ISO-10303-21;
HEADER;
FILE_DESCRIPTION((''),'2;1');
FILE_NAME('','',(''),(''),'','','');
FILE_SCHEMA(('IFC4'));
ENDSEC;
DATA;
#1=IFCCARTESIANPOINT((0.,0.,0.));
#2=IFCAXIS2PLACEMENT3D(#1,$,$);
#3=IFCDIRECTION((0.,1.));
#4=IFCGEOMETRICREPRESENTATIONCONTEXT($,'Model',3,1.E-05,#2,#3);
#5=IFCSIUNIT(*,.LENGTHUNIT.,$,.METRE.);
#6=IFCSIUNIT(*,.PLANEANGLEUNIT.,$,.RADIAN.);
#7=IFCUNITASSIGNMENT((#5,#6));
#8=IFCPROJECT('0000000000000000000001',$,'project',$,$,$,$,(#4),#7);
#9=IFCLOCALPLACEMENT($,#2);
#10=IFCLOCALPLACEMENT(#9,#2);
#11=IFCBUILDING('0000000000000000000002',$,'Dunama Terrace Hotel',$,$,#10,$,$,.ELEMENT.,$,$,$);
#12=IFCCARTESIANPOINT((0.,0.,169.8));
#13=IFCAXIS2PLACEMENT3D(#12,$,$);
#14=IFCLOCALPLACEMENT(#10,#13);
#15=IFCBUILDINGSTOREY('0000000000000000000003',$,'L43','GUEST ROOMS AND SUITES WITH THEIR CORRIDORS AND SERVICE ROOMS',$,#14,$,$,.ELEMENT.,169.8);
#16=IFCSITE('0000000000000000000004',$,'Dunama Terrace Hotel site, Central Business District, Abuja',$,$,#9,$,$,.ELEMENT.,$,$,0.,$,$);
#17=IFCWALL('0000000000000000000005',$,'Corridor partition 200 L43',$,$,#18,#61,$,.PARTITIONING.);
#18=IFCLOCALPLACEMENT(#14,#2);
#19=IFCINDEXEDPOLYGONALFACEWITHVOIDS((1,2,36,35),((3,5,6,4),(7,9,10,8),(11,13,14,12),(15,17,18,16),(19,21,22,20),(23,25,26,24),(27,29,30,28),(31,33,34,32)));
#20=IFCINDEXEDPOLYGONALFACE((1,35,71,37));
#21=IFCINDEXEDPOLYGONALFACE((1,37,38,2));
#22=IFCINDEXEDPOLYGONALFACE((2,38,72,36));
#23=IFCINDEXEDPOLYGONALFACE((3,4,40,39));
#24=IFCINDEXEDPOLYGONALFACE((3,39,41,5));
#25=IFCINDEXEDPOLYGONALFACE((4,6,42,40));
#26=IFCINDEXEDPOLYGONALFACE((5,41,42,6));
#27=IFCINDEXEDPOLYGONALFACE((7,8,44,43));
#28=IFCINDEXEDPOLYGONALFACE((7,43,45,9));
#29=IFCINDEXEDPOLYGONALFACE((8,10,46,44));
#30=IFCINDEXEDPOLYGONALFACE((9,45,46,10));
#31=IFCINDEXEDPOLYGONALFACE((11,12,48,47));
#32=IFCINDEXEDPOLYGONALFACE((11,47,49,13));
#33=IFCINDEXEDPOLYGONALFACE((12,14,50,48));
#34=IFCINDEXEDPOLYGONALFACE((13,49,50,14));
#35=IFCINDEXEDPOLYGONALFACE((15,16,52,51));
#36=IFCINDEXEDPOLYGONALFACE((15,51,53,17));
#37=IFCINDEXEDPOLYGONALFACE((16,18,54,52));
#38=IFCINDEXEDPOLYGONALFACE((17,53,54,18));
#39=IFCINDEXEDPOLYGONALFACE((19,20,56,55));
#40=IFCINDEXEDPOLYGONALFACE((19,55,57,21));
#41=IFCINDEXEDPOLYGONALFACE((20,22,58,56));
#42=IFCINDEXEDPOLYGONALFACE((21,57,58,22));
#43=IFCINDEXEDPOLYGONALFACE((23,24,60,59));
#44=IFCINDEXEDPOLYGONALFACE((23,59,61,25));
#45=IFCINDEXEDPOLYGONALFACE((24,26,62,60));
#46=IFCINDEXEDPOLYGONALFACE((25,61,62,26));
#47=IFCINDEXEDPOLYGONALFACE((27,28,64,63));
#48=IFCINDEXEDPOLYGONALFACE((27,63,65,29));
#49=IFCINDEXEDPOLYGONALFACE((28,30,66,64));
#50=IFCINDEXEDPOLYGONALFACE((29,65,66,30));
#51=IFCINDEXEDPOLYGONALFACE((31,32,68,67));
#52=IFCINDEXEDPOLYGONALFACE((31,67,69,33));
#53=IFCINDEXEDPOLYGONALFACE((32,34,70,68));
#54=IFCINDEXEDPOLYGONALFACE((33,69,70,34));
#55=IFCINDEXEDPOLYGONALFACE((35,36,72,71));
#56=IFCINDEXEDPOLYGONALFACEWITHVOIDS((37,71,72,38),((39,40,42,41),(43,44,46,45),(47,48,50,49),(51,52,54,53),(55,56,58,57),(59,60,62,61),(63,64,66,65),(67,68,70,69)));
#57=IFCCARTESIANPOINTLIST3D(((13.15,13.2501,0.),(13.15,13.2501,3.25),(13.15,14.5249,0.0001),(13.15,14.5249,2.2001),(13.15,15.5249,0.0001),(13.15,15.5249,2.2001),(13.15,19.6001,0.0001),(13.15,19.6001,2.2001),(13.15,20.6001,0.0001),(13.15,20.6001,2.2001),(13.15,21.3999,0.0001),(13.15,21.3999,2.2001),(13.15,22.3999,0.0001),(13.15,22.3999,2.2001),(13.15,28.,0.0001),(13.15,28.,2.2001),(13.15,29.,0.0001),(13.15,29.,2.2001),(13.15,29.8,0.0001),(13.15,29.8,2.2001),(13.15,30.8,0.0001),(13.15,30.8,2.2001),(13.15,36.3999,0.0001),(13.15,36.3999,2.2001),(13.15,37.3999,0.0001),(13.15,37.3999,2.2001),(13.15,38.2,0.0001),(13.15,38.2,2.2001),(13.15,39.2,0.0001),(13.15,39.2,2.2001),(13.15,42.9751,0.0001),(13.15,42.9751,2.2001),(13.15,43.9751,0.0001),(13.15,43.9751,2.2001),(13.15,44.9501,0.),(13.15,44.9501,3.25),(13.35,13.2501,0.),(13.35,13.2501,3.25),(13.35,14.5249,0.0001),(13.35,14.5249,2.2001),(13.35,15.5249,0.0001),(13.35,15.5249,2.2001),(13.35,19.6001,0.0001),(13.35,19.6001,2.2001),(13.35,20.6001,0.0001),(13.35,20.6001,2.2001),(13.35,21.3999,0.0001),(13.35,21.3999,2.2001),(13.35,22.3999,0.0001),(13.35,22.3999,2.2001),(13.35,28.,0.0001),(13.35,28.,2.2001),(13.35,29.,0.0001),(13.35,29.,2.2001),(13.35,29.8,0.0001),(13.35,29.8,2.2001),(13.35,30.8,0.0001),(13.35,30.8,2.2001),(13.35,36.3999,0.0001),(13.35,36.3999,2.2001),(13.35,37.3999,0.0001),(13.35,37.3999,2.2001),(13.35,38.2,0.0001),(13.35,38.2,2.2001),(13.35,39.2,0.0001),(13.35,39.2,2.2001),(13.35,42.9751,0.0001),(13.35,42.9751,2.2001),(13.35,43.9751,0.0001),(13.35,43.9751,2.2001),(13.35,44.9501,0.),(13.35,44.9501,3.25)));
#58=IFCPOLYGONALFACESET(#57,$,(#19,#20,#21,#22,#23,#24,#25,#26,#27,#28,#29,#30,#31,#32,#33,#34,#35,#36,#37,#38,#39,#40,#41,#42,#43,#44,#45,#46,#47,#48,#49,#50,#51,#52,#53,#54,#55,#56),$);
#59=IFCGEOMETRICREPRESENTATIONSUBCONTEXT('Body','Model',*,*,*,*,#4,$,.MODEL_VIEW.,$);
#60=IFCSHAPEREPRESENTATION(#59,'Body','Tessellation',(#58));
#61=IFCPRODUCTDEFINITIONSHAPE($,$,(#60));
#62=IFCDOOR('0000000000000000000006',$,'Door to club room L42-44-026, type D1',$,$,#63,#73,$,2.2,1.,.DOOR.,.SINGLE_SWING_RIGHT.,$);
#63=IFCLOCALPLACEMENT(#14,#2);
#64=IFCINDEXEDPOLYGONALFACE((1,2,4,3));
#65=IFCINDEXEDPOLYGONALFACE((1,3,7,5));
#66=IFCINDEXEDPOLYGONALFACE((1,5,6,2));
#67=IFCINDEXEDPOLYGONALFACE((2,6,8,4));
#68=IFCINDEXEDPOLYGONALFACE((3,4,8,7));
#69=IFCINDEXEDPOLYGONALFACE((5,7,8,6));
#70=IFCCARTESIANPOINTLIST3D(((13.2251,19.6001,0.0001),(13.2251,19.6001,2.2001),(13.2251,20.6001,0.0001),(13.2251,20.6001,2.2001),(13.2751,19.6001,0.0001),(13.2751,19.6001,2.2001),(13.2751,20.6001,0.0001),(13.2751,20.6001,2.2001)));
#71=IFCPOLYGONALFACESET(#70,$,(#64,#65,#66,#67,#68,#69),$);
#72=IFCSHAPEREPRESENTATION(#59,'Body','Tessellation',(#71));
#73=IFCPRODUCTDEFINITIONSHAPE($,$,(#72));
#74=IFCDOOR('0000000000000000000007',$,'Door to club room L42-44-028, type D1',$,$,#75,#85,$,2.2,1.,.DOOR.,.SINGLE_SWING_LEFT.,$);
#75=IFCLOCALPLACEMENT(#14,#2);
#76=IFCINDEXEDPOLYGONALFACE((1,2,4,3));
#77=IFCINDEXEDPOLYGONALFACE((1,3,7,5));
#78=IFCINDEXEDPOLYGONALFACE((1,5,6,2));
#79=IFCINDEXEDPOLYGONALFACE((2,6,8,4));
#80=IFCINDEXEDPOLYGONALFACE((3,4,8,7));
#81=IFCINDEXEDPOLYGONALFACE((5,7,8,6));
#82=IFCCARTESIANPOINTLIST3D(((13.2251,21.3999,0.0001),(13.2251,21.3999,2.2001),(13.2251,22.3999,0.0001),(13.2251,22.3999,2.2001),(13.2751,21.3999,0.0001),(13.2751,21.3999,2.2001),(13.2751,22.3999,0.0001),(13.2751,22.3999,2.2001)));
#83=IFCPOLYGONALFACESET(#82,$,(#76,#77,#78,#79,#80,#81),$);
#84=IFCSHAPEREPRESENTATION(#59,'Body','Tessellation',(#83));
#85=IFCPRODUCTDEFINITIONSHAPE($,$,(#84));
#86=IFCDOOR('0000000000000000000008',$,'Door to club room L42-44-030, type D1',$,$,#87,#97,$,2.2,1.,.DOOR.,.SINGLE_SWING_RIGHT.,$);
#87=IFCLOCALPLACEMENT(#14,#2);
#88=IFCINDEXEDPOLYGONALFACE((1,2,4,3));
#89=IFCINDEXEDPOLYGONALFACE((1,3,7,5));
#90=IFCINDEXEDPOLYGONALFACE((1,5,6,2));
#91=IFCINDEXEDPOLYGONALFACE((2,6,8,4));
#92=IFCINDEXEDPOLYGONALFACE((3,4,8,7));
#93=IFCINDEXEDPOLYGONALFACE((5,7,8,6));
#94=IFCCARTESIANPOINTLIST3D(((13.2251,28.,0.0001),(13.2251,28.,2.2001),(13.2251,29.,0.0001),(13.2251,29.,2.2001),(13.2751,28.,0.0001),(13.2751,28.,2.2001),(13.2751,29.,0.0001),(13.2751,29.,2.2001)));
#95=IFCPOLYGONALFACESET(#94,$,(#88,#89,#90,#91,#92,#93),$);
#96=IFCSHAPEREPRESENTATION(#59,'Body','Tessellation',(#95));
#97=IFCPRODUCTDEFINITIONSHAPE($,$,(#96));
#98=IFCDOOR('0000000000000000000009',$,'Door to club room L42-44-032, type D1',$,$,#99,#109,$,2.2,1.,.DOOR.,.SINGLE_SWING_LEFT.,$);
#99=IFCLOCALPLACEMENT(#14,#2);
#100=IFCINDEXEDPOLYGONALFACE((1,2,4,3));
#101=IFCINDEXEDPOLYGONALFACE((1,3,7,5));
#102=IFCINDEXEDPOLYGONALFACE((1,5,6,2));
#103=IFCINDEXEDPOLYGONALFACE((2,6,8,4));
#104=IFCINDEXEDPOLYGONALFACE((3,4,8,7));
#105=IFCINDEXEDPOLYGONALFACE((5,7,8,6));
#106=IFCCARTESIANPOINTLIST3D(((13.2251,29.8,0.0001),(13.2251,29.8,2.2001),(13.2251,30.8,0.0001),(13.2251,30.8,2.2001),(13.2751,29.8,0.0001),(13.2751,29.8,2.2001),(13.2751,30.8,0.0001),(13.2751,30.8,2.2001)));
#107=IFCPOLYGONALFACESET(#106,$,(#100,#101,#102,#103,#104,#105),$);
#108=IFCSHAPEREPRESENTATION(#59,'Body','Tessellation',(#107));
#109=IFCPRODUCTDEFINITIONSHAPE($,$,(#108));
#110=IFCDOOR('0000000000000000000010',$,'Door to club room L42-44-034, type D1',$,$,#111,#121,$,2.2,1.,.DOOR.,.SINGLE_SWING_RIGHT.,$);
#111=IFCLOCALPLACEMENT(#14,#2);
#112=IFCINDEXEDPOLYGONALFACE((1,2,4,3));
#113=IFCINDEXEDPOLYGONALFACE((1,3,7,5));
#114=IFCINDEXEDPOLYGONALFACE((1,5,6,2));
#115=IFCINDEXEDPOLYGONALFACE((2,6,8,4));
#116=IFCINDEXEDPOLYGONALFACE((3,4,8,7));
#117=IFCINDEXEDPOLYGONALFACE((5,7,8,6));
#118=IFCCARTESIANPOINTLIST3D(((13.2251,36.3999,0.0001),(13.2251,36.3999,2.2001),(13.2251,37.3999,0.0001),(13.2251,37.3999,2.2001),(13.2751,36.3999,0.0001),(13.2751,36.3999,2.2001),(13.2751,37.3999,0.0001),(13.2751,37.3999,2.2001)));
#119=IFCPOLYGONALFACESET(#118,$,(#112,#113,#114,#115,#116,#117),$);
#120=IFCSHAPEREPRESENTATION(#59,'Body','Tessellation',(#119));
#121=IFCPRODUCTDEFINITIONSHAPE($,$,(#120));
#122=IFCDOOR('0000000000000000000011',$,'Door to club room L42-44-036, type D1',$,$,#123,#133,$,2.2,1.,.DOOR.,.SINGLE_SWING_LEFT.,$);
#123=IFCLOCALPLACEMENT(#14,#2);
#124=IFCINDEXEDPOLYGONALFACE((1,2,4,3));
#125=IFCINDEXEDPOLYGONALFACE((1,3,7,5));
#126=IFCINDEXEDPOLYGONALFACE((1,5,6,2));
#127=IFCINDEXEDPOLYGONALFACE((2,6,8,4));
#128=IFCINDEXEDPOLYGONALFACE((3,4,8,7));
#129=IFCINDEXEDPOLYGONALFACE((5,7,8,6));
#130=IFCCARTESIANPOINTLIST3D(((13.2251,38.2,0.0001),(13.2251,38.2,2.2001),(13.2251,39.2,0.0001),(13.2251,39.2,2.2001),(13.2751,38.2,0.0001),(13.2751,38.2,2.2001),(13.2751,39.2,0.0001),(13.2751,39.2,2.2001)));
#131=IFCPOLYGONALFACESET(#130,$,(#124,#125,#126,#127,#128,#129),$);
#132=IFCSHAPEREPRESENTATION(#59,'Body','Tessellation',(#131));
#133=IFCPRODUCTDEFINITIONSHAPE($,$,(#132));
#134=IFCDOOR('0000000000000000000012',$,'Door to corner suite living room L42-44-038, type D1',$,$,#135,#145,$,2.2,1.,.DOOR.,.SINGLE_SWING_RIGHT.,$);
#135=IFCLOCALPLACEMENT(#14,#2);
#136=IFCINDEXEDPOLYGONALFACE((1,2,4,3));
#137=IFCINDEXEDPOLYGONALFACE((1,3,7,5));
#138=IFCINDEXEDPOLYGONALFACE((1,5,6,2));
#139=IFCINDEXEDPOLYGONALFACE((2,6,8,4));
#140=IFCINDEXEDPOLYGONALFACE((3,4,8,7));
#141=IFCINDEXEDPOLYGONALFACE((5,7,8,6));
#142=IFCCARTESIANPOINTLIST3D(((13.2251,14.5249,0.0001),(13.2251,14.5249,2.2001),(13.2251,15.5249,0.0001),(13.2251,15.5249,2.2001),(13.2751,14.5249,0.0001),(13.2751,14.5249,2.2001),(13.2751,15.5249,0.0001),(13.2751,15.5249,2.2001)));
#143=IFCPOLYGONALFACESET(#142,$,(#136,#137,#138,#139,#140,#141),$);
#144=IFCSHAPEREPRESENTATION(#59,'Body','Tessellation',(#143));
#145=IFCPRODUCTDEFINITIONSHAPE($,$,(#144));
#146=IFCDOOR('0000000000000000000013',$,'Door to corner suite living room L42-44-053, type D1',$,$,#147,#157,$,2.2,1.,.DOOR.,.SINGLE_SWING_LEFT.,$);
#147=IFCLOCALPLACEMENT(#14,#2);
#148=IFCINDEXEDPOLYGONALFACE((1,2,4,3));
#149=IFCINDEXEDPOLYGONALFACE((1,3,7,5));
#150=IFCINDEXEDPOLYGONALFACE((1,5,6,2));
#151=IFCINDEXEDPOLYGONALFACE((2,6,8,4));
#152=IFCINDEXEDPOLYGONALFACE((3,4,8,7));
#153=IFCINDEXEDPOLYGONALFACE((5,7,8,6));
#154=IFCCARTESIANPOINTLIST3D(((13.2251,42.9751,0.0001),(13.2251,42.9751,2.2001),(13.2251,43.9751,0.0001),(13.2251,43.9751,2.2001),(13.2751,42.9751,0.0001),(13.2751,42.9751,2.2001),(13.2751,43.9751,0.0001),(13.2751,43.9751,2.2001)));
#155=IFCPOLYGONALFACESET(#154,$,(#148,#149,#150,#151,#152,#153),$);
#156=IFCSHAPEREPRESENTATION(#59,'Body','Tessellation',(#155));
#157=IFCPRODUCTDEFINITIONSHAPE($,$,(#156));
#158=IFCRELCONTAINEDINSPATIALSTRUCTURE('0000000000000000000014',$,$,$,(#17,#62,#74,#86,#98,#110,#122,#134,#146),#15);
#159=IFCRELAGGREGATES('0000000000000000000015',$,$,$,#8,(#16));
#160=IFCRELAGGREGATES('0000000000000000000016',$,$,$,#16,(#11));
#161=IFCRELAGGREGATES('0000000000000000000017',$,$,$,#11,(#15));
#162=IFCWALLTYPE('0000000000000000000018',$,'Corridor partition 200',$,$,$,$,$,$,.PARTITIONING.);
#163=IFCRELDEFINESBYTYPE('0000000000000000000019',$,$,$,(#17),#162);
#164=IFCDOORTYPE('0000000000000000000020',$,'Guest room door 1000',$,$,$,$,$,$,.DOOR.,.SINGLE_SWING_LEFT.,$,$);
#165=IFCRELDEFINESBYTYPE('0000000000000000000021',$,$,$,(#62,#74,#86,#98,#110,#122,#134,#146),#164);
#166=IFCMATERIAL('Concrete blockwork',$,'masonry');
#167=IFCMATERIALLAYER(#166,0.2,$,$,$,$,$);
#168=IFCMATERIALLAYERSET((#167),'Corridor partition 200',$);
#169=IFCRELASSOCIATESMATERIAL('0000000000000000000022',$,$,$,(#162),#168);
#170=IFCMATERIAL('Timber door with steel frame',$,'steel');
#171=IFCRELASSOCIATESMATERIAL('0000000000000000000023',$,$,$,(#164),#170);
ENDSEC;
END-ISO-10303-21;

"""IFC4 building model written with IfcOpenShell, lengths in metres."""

from ifc_helpers import new_model, si_unit, direction, frame, frame_2d, origin, place, context, subcontext, project, spatial, rectangle, extrude, material, layer, layer_set, type_object, element, fill, save


model = new_model("IFC4")

# Units and contexts
model_context = context("Model", 3, precision=1e-05, world=origin(), true_north=direction((0.0, 1.0)))
body_context = subcontext(model_context, "Body", "Model", "MODEL_VIEW")
ifc_project = project(units=[si_unit("LENGTHUNIT", "METRE"), si_unit("PLANEANGLEUNIT", "RADIAN")], contexts=[model_context])

# Site, building, storey
site_placement = place(None, origin())
site = spatial("IfcSite", under=ifc_project, at=site_placement, Name="Dunama Terrace Hotel site, Central Business District, Abuja", CompositionType="ELEMENT", RefElevation=0.0)
building_placement = place(site_placement, origin())
building = spatial("IfcBuilding", under=site, at=building_placement, Name="Dunama Terrace Hotel", CompositionType="ELEMENT")
storey_placement = place(building_placement, frame((0.0, 0.0, 169.8)))
storey = spatial("IfcBuildingStorey", under=building, at=storey_placement, Name="L43", Description="GUEST ROOMS AND SUITES WITH THEIR CORRIDORS AND SERVICE ROOMS", CompositionType="ELEMENT", Elevation=169.8)

# Wall, openings, doors
ifc_material_1 = material(Name="Concrete blockwork", Category="masonry")
ifc_layer_1 = layer(ifc_material_1, 0.2)
ifc_layer_set_1 = layer_set([ifc_layer_1], Name="Corridor partition 200")
wall_type_1 = type_object("IfcWallType", Name="Corridor partition 200", PredefinedType="PARTITIONING", material=ifc_layer_set_1)
wall_1_placement = place(storey_placement, frame((13.25, 13.25, 0.0), z_axis=(0.0, 0.0, 1.0), x_axis=(0.0, 1.0, 0.0)))
wall_1 = element("IfcWall", 1, at=wall_1_placement, inside=storey, type_object=wall_type_1, Name="Corridor partition 200 L43", PredefinedType="PARTITIONING", context=body_context, shape_type="SweptSolid", body=[
    extrude(rectangle(XDim=31.7, YDim=0.2, at=frame_2d((15.8501, 0.0))), origin(), (0.0, 0.0, 1.0), 3.25),
])
opening_1_placement = place(wall_1_placement, frame((6.3501, 0.0, 0.0)))
opening_1 = element("IfcOpeningElement", 2, at=opening_1_placement, cuts=wall_1, PredefinedType="OPENING", context=body_context, shape_type="SweptSolid", body=[
    extrude(rectangle(XDim=1.0, YDim=2.2, at=frame_2d((0.5, 1.1001))), frame((0.0, 0.1099, 0.0), z_axis=(0.0, -1.0, 0.0), x_axis=(1.0, 0.0, 0.0)), (0.0, 0.0, 1.0), 0.22),
])
opening_2_placement = place(wall_1_placement, frame((8.1499, 0.0, 0.0)))
opening_2 = element("IfcOpeningElement", 3, at=opening_2_placement, cuts=wall_1, PredefinedType="OPENING", context=body_context, shape_type="SweptSolid", body=[
    extrude(rectangle(XDim=1.0, YDim=2.2, at=frame_2d((0.5, 1.1001))), frame((0.0, 0.1099, 0.0), z_axis=(0.0, -1.0, 0.0), x_axis=(1.0, 0.0, 0.0)), (0.0, 0.0, 1.0), 0.22),
])
opening_3_placement = place(wall_1_placement, frame((14.75, 0.0, 0.0)))
opening_3 = element("IfcOpeningElement", 4, at=opening_3_placement, cuts=wall_1, PredefinedType="OPENING", context=body_context, shape_type="SweptSolid", body=[
    extrude(rectangle(XDim=1.0, YDim=2.2, at=frame_2d((0.5, 1.1001))), frame((0.0, 0.1099, 0.0), z_axis=(0.0, -1.0, 0.0), x_axis=(1.0, 0.0, 0.0)), (0.0, 0.0, 1.0), 0.22),
])
opening_4_placement = place(wall_1_placement, frame((16.55, 0.0, 0.0)))
opening_4 = element("IfcOpeningElement", 5, at=opening_4_placement, cuts=wall_1, PredefinedType="OPENING", context=body_context, shape_type="SweptSolid", body=[
    extrude(rectangle(XDim=1.0, YDim=2.2, at=frame_2d((0.5, 1.1001))), frame((0.0, 0.1099, 0.0), z_axis=(0.0, -1.0, 0.0), x_axis=(1.0, 0.0, 0.0)), (0.0, 0.0, 1.0), 0.22),
])
opening_5_placement = place(wall_1_placement, frame((23.1499, 0.0, 0.0)))
opening_5 = element("IfcOpeningElement", 6, at=opening_5_placement, cuts=wall_1, PredefinedType="OPENING", context=body_context, shape_type="SweptSolid", body=[
    extrude(rectangle(XDim=1.0, YDim=2.2, at=frame_2d((0.5, 1.1001))), frame((0.0, 0.1099, 0.0), z_axis=(0.0, -1.0, 0.0), x_axis=(1.0, 0.0, 0.0)), (0.0, 0.0, 1.0), 0.22),
])
opening_6_placement = place(wall_1_placement, frame((24.95, 0.0, 0.0)))
opening_6 = element("IfcOpeningElement", 7, at=opening_6_placement, cuts=wall_1, PredefinedType="OPENING", context=body_context, shape_type="SweptSolid", body=[
    extrude(rectangle(XDim=1.0, YDim=2.2, at=frame_2d((0.5, 1.1001))), frame((0.0, 0.1099, 0.0), z_axis=(0.0, -1.0, 0.0), x_axis=(1.0, 0.0, 0.0)), (0.0, 0.0, 1.0), 0.22),
])
opening_7_placement = place(wall_1_placement, frame((1.2749, 0.0, 0.0)))
opening_7 = element("IfcOpeningElement", 8, at=opening_7_placement, cuts=wall_1, PredefinedType="OPENING", context=body_context, shape_type="SweptSolid", body=[
    extrude(rectangle(XDim=1.0, YDim=2.2, at=frame_2d((0.5, 1.1001))), frame((0.0, 0.1099, 0.0), z_axis=(0.0, -1.0, 0.0), x_axis=(1.0, 0.0, 0.0)), (0.0, 0.0, 1.0), 0.22),
])
opening_8_placement = place(wall_1_placement, frame((29.7251, 0.0, 0.0)))
opening_8 = element("IfcOpeningElement", 9, at=opening_8_placement, cuts=wall_1, PredefinedType="OPENING", context=body_context, shape_type="SweptSolid", body=[
    extrude(rectangle(XDim=1.0, YDim=2.2, at=frame_2d((0.5, 1.1001))), frame((0.0, 0.1099, 0.0), z_axis=(0.0, -1.0, 0.0), x_axis=(1.0, 0.0, 0.0)), (0.0, 0.0, 1.0), 0.22),
])
ifc_material_2 = material(Name="Timber door with steel frame", Category="steel")
door_type_1 = type_object("IfcDoorType", Name="Guest room door 1000", OperationType="SINGLE_SWING_LEFT", PredefinedType="DOOR", material=ifc_material_2)
door_1_placement = place(opening_1_placement, origin())
door_1 = element("IfcDoor", 10, at=door_1_placement, inside=storey, type_object=door_type_1, Name="Door to club room L42-44-026, type D1", OperationType="SINGLE_SWING_RIGHT", OverallHeight=2.2, OverallWidth=1.0, PredefinedType="DOOR", context=body_context, shape_type="SweptSolid", body=[
    extrude(rectangle(XDim=1.0, YDim=2.2, at=frame_2d((0.5, 1.1001))), frame((0.0, 0.0249, 0.0), z_axis=(0.0, -1.0, 0.0), x_axis=(1.0, 0.0, 0.0)), (0.0, 0.0, 1.0), 0.05),
])
fill(opening_1, door_1)
door_2_placement = place(opening_2_placement, origin())
door_2 = element("IfcDoor", 11, at=door_2_placement, inside=storey, type_object=door_type_1, Name="Door to club room L42-44-028, type D1", OperationType="SINGLE_SWING_LEFT", OverallHeight=2.2, OverallWidth=1.0, PredefinedType="DOOR", context=body_context, shape_type="SweptSolid", body=[
    extrude(rectangle(XDim=1.0, YDim=2.2, at=frame_2d((0.5, 1.1001))), frame((0.0, 0.0249, 0.0), z_axis=(0.0, -1.0, 0.0), x_axis=(1.0, 0.0, 0.0)), (0.0, 0.0, 1.0), 0.05),
])
fill(opening_2, door_2)
door_3_placement = place(opening_3_placement, origin())
door_3 = element("IfcDoor", 12, at=door_3_placement, inside=storey, type_object=door_type_1, Name="Door to club room L42-44-030, type D1", OperationType="SINGLE_SWING_RIGHT", OverallHeight=2.2, OverallWidth=1.0, PredefinedType="DOOR", context=body_context, shape_type="SweptSolid", body=[
    extrude(rectangle(XDim=1.0, YDim=2.2, at=frame_2d((0.5, 1.1001))), frame((0.0, 0.0249, 0.0), z_axis=(0.0, -1.0, 0.0), x_axis=(1.0, 0.0, 0.0)), (0.0, 0.0, 1.0), 0.05),
])
fill(opening_3, door_3)
door_4_placement = place(opening_4_placement, origin())
door_4 = element("IfcDoor", 13, at=door_4_placement, inside=storey, type_object=door_type_1, Name="Door to club room L42-44-032, type D1", OperationType="SINGLE_SWING_LEFT", OverallHeight=2.2, OverallWidth=1.0, PredefinedType="DOOR", context=body_context, shape_type="SweptSolid", body=[
    extrude(rectangle(XDim=1.0, YDim=2.2, at=frame_2d((0.5, 1.1001))), frame((0.0, 0.0249, 0.0), z_axis=(0.0, -1.0, 0.0), x_axis=(1.0, 0.0, 0.0)), (0.0, 0.0, 1.0), 0.05),
])
fill(opening_4, door_4)
door_5_placement = place(opening_5_placement, origin())
door_5 = element("IfcDoor", 14, at=door_5_placement, inside=storey, type_object=door_type_1, Name="Door to club room L42-44-034, type D1", OperationType="SINGLE_SWING_RIGHT", OverallHeight=2.2, OverallWidth=1.0, PredefinedType="DOOR", context=body_context, shape_type="SweptSolid", body=[
    extrude(rectangle(XDim=1.0, YDim=2.2, at=frame_2d((0.5, 1.1001))), frame((0.0, 0.0249, 0.0), z_axis=(0.0, -1.0, 0.0), x_axis=(1.0, 0.0, 0.0)), (0.0, 0.0, 1.0), 0.05),
])
fill(opening_5, door_5)
door_6_placement = place(opening_6_placement, origin())
door_6 = element("IfcDoor", 15, at=door_6_placement, inside=storey, type_object=door_type_1, Name="Door to club room L42-44-036, type D1", OperationType="SINGLE_SWING_LEFT", OverallHeight=2.2, OverallWidth=1.0, PredefinedType="DOOR", context=body_context, shape_type="SweptSolid", body=[
    extrude(rectangle(XDim=1.0, YDim=2.2, at=frame_2d((0.5, 1.1001))), frame((0.0, 0.0249, 0.0), z_axis=(0.0, -1.0, 0.0), x_axis=(1.0, 0.0, 0.0)), (0.0, 0.0, 1.0), 0.05),
])
fill(opening_6, door_6)
door_7_placement = place(opening_7_placement, origin())
door_7 = element("IfcDoor", 16, at=door_7_placement, inside=storey, type_object=door_type_1, Name="Door to corner suite living room L42-44-038, type D1", OperationType="SINGLE_SWING_RIGHT", OverallHeight=2.2, OverallWidth=1.0, PredefinedType="DOOR", context=body_context, shape_type="SweptSolid", body=[
    extrude(rectangle(XDim=1.0, YDim=2.2, at=frame_2d((0.5, 1.1001))), frame((0.0, 0.0249, 0.0), z_axis=(0.0, -1.0, 0.0), x_axis=(1.0, 0.0, 0.0)), (0.0, 0.0, 1.0), 0.05),
])
fill(opening_7, door_7)
door_8_placement = place(opening_8_placement, origin())
door_8 = element("IfcDoor", 17, at=door_8_placement, inside=storey, type_object=door_type_1, Name="Door to corner suite living room L42-44-053, type D1", OperationType="SINGLE_SWING_LEFT", OverallHeight=2.2, OverallWidth=1.0, PredefinedType="DOOR", context=body_context, shape_type="SweptSolid", body=[
    extrude(rectangle(XDim=1.0, YDim=2.2, at=frame_2d((0.5, 1.1001))), frame((0.0, 0.0249, 0.0), z_axis=(0.0, -1.0, 0.0), x_axis=(1.0, 0.0, 0.0)), (0.0, 0.0, 1.0), 0.05),
])
fill(opening_8, door_8)

save(model, "model.ifc")
